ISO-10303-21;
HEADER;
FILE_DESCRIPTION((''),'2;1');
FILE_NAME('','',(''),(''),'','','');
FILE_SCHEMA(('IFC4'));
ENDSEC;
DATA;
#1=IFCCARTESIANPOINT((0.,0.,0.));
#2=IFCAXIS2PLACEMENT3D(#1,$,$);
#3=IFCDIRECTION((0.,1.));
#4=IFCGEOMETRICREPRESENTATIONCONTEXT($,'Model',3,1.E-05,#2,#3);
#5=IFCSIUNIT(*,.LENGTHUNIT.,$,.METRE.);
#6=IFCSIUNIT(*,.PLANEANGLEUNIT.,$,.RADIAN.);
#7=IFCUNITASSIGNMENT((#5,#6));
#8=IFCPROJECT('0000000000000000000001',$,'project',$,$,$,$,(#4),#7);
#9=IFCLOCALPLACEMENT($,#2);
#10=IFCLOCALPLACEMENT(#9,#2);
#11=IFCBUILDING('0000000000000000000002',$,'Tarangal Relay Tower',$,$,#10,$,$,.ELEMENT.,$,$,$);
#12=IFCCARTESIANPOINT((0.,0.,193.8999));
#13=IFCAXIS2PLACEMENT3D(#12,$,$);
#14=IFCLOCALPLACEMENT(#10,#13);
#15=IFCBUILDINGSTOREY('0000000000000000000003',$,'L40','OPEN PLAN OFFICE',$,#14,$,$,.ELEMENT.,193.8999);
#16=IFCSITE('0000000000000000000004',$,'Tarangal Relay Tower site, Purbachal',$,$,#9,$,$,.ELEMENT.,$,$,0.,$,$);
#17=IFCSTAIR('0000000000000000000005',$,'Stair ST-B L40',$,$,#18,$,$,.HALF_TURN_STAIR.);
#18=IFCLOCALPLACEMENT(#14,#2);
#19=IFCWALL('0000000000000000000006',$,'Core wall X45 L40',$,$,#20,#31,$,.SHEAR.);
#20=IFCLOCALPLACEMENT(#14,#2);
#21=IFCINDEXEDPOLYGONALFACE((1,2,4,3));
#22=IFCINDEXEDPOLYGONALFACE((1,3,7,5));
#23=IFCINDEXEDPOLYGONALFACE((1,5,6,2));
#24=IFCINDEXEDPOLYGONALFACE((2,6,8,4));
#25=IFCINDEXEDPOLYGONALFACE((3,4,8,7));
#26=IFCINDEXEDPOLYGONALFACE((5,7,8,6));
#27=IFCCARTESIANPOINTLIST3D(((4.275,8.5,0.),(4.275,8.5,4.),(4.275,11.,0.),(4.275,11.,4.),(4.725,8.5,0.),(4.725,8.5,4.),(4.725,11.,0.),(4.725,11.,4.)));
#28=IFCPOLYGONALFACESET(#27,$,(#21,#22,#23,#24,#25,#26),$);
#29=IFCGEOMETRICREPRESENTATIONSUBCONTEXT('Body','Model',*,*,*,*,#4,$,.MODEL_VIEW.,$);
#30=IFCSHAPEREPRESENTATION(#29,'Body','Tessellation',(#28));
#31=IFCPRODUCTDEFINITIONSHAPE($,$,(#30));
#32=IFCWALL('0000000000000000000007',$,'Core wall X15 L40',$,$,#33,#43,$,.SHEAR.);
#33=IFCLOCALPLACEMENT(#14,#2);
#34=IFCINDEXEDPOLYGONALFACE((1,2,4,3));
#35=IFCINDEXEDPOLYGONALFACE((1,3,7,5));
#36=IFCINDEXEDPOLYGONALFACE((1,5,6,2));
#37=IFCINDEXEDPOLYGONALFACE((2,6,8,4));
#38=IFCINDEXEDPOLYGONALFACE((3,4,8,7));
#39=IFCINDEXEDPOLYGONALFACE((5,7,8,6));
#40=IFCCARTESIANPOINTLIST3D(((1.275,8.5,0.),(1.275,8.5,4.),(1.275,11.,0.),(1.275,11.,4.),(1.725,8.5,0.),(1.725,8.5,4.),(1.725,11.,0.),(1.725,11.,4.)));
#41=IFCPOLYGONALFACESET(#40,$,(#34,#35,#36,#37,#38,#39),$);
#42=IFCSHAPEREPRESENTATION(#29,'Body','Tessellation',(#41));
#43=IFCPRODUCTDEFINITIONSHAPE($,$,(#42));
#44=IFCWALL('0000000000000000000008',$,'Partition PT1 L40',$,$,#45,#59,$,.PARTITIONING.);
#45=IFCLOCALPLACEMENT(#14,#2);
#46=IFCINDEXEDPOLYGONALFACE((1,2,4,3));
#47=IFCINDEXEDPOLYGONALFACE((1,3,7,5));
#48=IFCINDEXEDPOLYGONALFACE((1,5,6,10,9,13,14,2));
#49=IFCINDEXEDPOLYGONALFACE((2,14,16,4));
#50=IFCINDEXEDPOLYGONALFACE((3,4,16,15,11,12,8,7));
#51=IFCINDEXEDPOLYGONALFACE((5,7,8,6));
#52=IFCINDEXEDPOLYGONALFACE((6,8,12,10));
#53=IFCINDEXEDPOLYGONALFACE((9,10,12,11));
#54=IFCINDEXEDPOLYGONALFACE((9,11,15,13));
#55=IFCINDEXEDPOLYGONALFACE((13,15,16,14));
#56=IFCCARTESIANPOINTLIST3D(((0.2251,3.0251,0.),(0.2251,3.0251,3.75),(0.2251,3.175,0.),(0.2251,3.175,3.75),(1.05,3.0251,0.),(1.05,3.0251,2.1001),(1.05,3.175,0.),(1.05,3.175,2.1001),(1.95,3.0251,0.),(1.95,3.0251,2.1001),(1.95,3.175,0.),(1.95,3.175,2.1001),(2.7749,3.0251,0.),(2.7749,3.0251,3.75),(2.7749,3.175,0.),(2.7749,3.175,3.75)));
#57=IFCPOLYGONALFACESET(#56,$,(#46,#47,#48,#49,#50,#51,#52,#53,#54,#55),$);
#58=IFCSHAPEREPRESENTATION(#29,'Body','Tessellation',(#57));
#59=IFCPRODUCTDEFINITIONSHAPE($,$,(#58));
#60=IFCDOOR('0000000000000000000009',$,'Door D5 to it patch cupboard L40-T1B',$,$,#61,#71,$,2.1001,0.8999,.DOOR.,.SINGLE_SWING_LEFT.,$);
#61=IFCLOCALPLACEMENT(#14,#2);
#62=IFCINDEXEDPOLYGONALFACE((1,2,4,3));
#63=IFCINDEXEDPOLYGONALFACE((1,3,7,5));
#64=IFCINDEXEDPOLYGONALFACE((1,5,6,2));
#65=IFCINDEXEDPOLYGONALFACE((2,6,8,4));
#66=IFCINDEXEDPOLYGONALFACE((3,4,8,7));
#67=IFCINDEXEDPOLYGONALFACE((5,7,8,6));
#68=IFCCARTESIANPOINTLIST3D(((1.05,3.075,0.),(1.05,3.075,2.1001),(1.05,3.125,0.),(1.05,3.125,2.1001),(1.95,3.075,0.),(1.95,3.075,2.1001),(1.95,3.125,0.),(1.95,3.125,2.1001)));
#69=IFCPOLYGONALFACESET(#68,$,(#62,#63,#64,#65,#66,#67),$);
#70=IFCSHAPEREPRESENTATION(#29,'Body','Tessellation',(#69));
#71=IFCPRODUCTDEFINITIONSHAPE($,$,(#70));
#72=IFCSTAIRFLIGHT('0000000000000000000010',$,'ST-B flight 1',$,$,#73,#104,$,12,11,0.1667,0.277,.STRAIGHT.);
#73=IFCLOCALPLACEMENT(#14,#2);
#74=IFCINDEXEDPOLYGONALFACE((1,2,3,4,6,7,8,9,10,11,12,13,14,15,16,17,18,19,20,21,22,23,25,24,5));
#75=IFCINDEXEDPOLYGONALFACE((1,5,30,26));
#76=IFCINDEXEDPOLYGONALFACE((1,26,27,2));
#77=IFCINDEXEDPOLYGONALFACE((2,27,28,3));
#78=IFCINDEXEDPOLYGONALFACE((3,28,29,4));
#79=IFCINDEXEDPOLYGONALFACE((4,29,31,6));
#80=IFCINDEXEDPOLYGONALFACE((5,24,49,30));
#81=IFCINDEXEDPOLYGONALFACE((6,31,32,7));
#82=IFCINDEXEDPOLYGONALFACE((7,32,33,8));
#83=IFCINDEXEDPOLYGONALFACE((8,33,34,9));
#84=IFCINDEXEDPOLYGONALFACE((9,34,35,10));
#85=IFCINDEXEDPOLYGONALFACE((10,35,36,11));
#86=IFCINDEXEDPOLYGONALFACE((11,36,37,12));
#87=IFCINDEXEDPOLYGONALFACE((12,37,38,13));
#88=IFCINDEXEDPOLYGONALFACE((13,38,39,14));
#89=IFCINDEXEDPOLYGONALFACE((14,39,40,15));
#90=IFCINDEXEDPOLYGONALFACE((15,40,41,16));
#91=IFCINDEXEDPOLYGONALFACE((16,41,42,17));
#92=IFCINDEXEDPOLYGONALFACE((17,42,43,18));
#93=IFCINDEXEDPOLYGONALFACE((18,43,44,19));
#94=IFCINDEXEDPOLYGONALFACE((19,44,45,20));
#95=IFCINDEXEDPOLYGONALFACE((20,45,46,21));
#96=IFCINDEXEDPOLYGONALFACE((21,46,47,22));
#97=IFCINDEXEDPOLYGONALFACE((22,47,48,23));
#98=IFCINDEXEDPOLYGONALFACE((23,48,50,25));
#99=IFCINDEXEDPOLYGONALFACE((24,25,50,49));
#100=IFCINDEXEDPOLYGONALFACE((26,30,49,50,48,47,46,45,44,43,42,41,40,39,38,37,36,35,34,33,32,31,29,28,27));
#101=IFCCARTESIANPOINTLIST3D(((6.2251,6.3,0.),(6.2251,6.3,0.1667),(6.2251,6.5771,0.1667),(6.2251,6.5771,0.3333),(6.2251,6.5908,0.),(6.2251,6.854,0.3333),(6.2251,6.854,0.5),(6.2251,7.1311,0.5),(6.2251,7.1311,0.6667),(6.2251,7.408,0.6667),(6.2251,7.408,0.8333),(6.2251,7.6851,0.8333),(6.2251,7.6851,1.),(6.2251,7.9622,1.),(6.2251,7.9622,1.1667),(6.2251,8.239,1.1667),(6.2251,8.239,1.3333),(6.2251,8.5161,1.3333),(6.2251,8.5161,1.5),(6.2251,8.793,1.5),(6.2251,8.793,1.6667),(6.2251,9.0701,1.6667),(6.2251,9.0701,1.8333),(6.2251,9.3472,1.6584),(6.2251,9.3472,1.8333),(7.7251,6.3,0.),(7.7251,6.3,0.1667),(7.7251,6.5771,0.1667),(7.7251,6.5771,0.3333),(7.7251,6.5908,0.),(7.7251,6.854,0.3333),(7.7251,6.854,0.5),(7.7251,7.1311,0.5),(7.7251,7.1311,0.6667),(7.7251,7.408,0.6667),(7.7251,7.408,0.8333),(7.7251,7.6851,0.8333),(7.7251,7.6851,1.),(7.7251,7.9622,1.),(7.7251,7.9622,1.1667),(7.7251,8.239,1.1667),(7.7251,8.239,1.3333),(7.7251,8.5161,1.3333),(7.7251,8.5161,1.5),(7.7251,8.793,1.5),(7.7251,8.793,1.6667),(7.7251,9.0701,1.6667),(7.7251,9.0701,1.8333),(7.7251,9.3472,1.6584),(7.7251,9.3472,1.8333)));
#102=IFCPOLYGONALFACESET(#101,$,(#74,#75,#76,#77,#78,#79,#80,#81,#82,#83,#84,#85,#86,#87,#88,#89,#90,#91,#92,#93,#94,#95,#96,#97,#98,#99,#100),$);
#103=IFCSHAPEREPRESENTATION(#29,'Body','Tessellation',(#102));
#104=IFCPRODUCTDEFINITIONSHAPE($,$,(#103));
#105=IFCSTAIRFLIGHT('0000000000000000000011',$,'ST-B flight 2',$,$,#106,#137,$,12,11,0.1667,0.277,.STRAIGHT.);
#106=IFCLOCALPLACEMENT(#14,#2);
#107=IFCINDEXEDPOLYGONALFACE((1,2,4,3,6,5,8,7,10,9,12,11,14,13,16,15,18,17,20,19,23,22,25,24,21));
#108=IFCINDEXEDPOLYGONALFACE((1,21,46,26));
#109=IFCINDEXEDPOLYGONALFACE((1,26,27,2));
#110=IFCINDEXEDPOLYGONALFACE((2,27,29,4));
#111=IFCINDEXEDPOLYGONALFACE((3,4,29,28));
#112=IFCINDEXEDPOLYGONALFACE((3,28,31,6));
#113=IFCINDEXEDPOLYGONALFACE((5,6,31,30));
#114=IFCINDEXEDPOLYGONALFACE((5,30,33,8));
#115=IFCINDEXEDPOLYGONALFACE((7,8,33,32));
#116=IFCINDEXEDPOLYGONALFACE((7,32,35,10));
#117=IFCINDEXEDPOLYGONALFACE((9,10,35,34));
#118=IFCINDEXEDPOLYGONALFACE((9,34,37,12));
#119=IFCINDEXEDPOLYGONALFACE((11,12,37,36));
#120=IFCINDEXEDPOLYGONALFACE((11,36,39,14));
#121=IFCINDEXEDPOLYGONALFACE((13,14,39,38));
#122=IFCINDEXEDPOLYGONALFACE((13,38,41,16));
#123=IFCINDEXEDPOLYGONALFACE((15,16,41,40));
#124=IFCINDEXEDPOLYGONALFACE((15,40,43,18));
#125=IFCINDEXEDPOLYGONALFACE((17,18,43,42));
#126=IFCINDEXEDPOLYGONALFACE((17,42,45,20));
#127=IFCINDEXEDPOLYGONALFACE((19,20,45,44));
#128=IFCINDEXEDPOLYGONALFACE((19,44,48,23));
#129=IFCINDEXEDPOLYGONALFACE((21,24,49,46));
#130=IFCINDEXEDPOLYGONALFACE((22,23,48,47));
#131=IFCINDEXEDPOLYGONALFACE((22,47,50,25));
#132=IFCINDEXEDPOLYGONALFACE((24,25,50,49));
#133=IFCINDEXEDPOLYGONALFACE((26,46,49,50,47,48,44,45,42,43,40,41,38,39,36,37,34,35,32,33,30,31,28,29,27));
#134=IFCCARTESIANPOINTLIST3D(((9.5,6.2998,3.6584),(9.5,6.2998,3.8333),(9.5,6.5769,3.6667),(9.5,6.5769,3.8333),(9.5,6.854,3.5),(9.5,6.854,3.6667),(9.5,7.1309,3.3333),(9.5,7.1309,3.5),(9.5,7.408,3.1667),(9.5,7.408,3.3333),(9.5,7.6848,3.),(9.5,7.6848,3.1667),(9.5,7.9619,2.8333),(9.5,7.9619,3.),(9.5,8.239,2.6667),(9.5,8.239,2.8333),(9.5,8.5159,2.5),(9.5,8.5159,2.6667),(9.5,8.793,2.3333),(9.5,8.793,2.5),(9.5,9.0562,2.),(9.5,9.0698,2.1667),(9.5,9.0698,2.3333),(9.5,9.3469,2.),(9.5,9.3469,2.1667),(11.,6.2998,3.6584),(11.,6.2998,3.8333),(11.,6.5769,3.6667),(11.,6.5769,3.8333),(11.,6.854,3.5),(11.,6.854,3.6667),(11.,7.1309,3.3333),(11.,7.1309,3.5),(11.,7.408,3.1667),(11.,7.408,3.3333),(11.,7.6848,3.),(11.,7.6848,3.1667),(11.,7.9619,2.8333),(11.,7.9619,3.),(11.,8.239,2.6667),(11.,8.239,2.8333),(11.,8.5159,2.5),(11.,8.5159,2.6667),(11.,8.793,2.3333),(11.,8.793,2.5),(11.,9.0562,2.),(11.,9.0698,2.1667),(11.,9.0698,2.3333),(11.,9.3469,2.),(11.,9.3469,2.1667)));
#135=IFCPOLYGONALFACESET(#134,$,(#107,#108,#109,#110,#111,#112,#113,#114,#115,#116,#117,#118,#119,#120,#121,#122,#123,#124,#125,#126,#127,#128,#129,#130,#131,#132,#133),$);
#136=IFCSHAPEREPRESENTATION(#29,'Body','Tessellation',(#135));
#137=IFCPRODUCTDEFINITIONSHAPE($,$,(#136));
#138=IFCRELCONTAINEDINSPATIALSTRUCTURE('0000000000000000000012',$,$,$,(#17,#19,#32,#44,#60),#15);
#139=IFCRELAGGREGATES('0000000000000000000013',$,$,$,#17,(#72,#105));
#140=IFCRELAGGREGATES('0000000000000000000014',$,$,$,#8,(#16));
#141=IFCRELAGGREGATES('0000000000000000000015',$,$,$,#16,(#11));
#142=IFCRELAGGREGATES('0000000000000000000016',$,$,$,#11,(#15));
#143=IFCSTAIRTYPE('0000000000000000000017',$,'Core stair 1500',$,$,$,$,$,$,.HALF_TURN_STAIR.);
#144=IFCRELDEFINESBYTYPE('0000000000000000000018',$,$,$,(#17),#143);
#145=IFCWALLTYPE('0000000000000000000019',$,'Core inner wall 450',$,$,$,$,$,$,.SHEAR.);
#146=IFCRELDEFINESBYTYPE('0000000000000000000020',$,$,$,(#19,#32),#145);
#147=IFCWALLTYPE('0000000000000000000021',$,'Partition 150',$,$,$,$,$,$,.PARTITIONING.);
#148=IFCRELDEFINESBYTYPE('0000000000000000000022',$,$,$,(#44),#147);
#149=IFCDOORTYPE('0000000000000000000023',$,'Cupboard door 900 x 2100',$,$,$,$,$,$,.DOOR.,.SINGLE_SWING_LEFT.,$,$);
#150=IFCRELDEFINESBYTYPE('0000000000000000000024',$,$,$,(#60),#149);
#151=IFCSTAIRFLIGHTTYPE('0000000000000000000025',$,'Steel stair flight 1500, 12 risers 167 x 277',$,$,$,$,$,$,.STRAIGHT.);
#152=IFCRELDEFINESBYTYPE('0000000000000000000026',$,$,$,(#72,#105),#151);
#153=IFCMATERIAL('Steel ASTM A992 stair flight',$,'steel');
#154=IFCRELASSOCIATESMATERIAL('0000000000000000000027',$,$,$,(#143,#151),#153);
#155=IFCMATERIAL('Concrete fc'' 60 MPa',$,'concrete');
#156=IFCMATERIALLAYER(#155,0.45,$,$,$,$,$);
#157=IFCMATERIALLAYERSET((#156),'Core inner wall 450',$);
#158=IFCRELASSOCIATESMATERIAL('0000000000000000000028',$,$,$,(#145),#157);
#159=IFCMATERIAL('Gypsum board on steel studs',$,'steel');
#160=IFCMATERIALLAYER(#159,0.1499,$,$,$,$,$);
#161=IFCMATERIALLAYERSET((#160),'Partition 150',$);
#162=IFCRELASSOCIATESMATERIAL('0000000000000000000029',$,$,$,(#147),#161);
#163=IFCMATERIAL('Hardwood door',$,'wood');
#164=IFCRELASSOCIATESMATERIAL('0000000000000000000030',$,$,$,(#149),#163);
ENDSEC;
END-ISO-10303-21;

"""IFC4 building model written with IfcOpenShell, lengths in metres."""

from ifc_helpers import new_model, si_unit, direction, frame, frame_2d, origin, place, context, subcontext, project, spatial, polyline, rectangle, outline, extrude, material, layer, layer_set, type_object, element, fill, aggregate, save


model = new_model("IFC4")

# Units and contexts
model_context = context("Model", 3, precision=1e-05, world=origin(), true_north=direction((0.0, 1.0)))
body_context = subcontext(model_context, "Body", "Model", "MODEL_VIEW")
ifc_project = project(units=[si_unit("LENGTHUNIT", "METRE"), si_unit("PLANEANGLEUNIT", "RADIAN")], contexts=[model_context])

# Site, building, storey
site_placement = place(None, origin())
site = spatial("IfcSite", under=ifc_project, at=site_placement, Name="Tarangal Relay Tower site, Purbachal", CompositionType="ELEMENT", RefElevation=0.0)
building_placement = place(site_placement, origin())
building = spatial("IfcBuilding", under=site, at=building_placement, Name="Tarangal Relay Tower", CompositionType="ELEMENT")
storey_placement = place(building_placement, frame((0.0, 0.0, 193.8999)))
storey = spatial("IfcBuildingStorey", under=building, at=storey_placement, Name="L40", Description="OPEN PLAN OFFICE", CompositionType="ELEMENT", Elevation=193.8999)

# Stair
ifc_material_1 = material(Name="Steel ASTM A992 stair flight", Category="steel")
stair_type = type_object("IfcStairType", Name="Core stair 1500", PredefinedType="HALF_TURN_STAIR", material=ifc_material_1)
stair_1_placement = place(storey_placement, origin())
stair_1 = element("IfcStair", 1, at=stair_1_placement, inside=storey, type_object=stair_type, Name="Stair ST-B L40", PredefinedType="HALF_TURN_STAIR")

# Shared definitions
ifc_material_2 = material(Name="Concrete fc' 60 MPa", Category="concrete")
ifc_layer_1 = layer(ifc_material_2, 0.45)
ifc_layer_set_1 = layer_set([ifc_layer_1], Name="Core inner wall 450")
wall_type_1 = type_object("IfcWallType", Name="Core inner wall 450", PredefinedType="SHEAR", material=ifc_layer_set_1)

# Walls
for number, where, z_axis, x_axis, name in (
    (2, (4.5, 8.5, 0.0), (0.0, 0.0, 1.0), (0.0, 1.0, 0.0), "Core wall X45 L40"),
    (3, (1.5, 8.5, 0.0), (0.0, 0.0, 1.0), (0.0, 1.0, 0.0), "Core wall X15 L40"),
):
    element("IfcWall", number, at=place(storey_placement, frame(where, z_axis=z_axis, x_axis=x_axis)), inside=storey, type_object=wall_type_1, Name=name, PredefinedType="SHEAR", context=body_context, shape_type="SweptSolid", body=[
        extrude(rectangle(XDim=2.5, YDim=0.45, at=frame_2d((1.25, 0.0))), origin(), (0.0, 0.0, 1.0), 4.0),
    ])

# Wall, opening, door
ifc_material_3 = material(Name="Gypsum board on steel studs", Category="steel")
ifc_layer_2 = layer(ifc_material_3, 0.1499)
ifc_layer_set_2 = layer_set([ifc_layer_2], Name="Partition 150")
wall_type_2 = type_object("IfcWallType", Name="Partition 150", PredefinedType="PARTITIONING", material=ifc_layer_set_2)
wall_1_placement = place(storey_placement, frame((0.2251, 3.1001, 0.0), z_axis=(0.0, 0.0, 1.0), x_axis=(1.0, 0.0, 0.0)))
wall_1 = element("IfcWall", 4, at=wall_1_placement, inside=storey, type_object=wall_type_2, Name="Partition PT1 L40", PredefinedType="PARTITIONING", context=body_context, shape_type="SweptSolid", body=[
    extrude(rectangle(XDim=2.5498, YDim=0.1499, at=frame_2d((1.2749, 0.0))), origin(), (0.0, 0.0, 1.0), 3.75),
])
opening_1_placement = place(wall_1_placement, frame((0.825, 0.0, 0.0)))
opening_1 = element("IfcOpeningElement", 5, at=opening_1_placement, cuts=wall_1, PredefinedType="OPENING", context=body_context, shape_type="SweptSolid", body=[
    extrude(rectangle(XDim=0.8999, YDim=2.1001, at=frame_2d((0.45, 1.05))), frame((0.0, 0.085, 0.0), z_axis=(0.0, -1.0, 0.0), x_axis=(1.0, 0.0, 0.0)), (0.0, 0.0, 1.0), 0.1699),
])
ifc_material_4 = material(Name="Hardwood door", Category="wood")
door_type_1 = type_object("IfcDoorType", Name="Cupboard door 900 x 2100", OperationType="SINGLE_SWING_LEFT", PredefinedType="DOOR", material=ifc_material_4)
door_1_placement = place(opening_1_placement, origin())
door_1 = element("IfcDoor", 6, at=door_1_placement, inside=storey, type_object=door_type_1, Name="Door D5 to it patch cupboard L40-T1B", OperationType="SINGLE_SWING_LEFT", OverallHeight=2.1001, OverallWidth=0.8999, PredefinedType="DOOR", context=body_context, shape_type="SweptSolid", body=[
    extrude(rectangle(XDim=0.8999, YDim=2.1001, at=frame_2d((0.45, 1.05))), frame((0.0, 0.0249, 0.0), z_axis=(0.0, -1.0, 0.0), x_axis=(1.0, 0.0, 0.0)), (0.0, 0.0, 1.0), 0.05),
])
fill(opening_1, door_1)

# Stair flights
stair_flight_type = type_object("IfcStairFlightType", Name="Steel stair flight 1500, 12 risers 167 x 277", PredefinedType="STRAIGHT", material=ifc_material_1)
stair_flight_1_placement = place(storey_placement, frame((6.9751, 6.3, 0.0), z_axis=(0.0, 0.0, 1.0), x_axis=(0.0, 1.0, 0.0)))
stair_flight_1 = element("IfcStairFlight", 7, at=stair_flight_1_placement, type_object=stair_flight_type, Name="ST-B flight 1", NumberOfRisers=12, NumberOfTreads=11, PredefinedType="STRAIGHT", RiserHeight=0.1667, TreadLength=0.277, context=body_context, shape_type="SweptSolid", body=[
    extrude(outline(polyline([(0.0, 0.0), (0.0, 0.1667), (0.2771, 0.1667), (0.2771, 0.3333), (0.554, 0.3333), (0.554, 0.5), (0.8311, 0.5), (0.8311, 0.6667), (1.1079, 0.6667), (1.1079, 0.8333), (1.385, 0.8333), (1.385, 1.0), (1.6621, 1.0), (1.6621, 1.1667), (1.939, 1.1667), (1.939, 1.3333), (2.2161, 1.3333), (2.2161, 1.5), (2.4929, 1.5), (2.4929, 1.6667), (2.77, 1.6667), (2.77, 1.8333), (3.0471, 1.8333), (3.0471, 2.0), (3.0471, 1.6584), (0.2908, 0.0), (0.0, 0.0)])), frame((0.0, 0.75, 0.0), z_axis=(0.0, -1.0, 0.0), x_axis=(1.0, 0.0, 0.0)), (0.0, 0.0, 1.0), 1.5),
])
stair_flight_2_placement = place(storey_placement, frame((10.25, 9.3469, 2.0), z_axis=(0.0, 0.0, 1.0), x_axis=(0.0, -1.0, 0.0)))
stair_flight_2 = element("IfcStairFlight", 8, at=stair_flight_2_placement, type_object=stair_flight_type, Name="ST-B flight 2", NumberOfRisers=12, NumberOfTreads=11, PredefinedType="STRAIGHT", RiserHeight=0.1667, TreadLength=0.277, context=body_context, shape_type="SweptSolid", body=[
    extrude(outline(polyline([(0.0, 0.0), (0.0, 0.1667), (0.2771, 0.1667), (0.2771, 0.3333), (0.554, 0.3333), (0.554, 0.5), (0.8311, 0.5), (0.8311, 0.6667), (1.1079, 0.6667), (1.1079, 0.8333), (1.385, 0.8333), (1.385, 1.0), (1.6621, 1.0), (1.6621, 1.1667), (1.939, 1.1667), (1.939, 1.3333), (2.2161, 1.3333), (2.2161, 1.5), (2.4929, 1.5), (2.4929, 1.6667), (2.77, 1.6667), (2.77, 1.8333), (3.0471, 1.8333), (3.0471, 2.0), (3.0471, 1.6584), (0.2908, 0.0), (0.0, 0.0)])), frame((0.0, 0.75, 0.0), z_axis=(0.0, -1.0, 0.0), x_axis=(1.0, 0.0, 0.0)), (0.0, 0.0, 1.0), 1.5),
])
aggregate(stair_1, [stair_flight_1, stair_flight_2])

save(model, "model.ifc")
